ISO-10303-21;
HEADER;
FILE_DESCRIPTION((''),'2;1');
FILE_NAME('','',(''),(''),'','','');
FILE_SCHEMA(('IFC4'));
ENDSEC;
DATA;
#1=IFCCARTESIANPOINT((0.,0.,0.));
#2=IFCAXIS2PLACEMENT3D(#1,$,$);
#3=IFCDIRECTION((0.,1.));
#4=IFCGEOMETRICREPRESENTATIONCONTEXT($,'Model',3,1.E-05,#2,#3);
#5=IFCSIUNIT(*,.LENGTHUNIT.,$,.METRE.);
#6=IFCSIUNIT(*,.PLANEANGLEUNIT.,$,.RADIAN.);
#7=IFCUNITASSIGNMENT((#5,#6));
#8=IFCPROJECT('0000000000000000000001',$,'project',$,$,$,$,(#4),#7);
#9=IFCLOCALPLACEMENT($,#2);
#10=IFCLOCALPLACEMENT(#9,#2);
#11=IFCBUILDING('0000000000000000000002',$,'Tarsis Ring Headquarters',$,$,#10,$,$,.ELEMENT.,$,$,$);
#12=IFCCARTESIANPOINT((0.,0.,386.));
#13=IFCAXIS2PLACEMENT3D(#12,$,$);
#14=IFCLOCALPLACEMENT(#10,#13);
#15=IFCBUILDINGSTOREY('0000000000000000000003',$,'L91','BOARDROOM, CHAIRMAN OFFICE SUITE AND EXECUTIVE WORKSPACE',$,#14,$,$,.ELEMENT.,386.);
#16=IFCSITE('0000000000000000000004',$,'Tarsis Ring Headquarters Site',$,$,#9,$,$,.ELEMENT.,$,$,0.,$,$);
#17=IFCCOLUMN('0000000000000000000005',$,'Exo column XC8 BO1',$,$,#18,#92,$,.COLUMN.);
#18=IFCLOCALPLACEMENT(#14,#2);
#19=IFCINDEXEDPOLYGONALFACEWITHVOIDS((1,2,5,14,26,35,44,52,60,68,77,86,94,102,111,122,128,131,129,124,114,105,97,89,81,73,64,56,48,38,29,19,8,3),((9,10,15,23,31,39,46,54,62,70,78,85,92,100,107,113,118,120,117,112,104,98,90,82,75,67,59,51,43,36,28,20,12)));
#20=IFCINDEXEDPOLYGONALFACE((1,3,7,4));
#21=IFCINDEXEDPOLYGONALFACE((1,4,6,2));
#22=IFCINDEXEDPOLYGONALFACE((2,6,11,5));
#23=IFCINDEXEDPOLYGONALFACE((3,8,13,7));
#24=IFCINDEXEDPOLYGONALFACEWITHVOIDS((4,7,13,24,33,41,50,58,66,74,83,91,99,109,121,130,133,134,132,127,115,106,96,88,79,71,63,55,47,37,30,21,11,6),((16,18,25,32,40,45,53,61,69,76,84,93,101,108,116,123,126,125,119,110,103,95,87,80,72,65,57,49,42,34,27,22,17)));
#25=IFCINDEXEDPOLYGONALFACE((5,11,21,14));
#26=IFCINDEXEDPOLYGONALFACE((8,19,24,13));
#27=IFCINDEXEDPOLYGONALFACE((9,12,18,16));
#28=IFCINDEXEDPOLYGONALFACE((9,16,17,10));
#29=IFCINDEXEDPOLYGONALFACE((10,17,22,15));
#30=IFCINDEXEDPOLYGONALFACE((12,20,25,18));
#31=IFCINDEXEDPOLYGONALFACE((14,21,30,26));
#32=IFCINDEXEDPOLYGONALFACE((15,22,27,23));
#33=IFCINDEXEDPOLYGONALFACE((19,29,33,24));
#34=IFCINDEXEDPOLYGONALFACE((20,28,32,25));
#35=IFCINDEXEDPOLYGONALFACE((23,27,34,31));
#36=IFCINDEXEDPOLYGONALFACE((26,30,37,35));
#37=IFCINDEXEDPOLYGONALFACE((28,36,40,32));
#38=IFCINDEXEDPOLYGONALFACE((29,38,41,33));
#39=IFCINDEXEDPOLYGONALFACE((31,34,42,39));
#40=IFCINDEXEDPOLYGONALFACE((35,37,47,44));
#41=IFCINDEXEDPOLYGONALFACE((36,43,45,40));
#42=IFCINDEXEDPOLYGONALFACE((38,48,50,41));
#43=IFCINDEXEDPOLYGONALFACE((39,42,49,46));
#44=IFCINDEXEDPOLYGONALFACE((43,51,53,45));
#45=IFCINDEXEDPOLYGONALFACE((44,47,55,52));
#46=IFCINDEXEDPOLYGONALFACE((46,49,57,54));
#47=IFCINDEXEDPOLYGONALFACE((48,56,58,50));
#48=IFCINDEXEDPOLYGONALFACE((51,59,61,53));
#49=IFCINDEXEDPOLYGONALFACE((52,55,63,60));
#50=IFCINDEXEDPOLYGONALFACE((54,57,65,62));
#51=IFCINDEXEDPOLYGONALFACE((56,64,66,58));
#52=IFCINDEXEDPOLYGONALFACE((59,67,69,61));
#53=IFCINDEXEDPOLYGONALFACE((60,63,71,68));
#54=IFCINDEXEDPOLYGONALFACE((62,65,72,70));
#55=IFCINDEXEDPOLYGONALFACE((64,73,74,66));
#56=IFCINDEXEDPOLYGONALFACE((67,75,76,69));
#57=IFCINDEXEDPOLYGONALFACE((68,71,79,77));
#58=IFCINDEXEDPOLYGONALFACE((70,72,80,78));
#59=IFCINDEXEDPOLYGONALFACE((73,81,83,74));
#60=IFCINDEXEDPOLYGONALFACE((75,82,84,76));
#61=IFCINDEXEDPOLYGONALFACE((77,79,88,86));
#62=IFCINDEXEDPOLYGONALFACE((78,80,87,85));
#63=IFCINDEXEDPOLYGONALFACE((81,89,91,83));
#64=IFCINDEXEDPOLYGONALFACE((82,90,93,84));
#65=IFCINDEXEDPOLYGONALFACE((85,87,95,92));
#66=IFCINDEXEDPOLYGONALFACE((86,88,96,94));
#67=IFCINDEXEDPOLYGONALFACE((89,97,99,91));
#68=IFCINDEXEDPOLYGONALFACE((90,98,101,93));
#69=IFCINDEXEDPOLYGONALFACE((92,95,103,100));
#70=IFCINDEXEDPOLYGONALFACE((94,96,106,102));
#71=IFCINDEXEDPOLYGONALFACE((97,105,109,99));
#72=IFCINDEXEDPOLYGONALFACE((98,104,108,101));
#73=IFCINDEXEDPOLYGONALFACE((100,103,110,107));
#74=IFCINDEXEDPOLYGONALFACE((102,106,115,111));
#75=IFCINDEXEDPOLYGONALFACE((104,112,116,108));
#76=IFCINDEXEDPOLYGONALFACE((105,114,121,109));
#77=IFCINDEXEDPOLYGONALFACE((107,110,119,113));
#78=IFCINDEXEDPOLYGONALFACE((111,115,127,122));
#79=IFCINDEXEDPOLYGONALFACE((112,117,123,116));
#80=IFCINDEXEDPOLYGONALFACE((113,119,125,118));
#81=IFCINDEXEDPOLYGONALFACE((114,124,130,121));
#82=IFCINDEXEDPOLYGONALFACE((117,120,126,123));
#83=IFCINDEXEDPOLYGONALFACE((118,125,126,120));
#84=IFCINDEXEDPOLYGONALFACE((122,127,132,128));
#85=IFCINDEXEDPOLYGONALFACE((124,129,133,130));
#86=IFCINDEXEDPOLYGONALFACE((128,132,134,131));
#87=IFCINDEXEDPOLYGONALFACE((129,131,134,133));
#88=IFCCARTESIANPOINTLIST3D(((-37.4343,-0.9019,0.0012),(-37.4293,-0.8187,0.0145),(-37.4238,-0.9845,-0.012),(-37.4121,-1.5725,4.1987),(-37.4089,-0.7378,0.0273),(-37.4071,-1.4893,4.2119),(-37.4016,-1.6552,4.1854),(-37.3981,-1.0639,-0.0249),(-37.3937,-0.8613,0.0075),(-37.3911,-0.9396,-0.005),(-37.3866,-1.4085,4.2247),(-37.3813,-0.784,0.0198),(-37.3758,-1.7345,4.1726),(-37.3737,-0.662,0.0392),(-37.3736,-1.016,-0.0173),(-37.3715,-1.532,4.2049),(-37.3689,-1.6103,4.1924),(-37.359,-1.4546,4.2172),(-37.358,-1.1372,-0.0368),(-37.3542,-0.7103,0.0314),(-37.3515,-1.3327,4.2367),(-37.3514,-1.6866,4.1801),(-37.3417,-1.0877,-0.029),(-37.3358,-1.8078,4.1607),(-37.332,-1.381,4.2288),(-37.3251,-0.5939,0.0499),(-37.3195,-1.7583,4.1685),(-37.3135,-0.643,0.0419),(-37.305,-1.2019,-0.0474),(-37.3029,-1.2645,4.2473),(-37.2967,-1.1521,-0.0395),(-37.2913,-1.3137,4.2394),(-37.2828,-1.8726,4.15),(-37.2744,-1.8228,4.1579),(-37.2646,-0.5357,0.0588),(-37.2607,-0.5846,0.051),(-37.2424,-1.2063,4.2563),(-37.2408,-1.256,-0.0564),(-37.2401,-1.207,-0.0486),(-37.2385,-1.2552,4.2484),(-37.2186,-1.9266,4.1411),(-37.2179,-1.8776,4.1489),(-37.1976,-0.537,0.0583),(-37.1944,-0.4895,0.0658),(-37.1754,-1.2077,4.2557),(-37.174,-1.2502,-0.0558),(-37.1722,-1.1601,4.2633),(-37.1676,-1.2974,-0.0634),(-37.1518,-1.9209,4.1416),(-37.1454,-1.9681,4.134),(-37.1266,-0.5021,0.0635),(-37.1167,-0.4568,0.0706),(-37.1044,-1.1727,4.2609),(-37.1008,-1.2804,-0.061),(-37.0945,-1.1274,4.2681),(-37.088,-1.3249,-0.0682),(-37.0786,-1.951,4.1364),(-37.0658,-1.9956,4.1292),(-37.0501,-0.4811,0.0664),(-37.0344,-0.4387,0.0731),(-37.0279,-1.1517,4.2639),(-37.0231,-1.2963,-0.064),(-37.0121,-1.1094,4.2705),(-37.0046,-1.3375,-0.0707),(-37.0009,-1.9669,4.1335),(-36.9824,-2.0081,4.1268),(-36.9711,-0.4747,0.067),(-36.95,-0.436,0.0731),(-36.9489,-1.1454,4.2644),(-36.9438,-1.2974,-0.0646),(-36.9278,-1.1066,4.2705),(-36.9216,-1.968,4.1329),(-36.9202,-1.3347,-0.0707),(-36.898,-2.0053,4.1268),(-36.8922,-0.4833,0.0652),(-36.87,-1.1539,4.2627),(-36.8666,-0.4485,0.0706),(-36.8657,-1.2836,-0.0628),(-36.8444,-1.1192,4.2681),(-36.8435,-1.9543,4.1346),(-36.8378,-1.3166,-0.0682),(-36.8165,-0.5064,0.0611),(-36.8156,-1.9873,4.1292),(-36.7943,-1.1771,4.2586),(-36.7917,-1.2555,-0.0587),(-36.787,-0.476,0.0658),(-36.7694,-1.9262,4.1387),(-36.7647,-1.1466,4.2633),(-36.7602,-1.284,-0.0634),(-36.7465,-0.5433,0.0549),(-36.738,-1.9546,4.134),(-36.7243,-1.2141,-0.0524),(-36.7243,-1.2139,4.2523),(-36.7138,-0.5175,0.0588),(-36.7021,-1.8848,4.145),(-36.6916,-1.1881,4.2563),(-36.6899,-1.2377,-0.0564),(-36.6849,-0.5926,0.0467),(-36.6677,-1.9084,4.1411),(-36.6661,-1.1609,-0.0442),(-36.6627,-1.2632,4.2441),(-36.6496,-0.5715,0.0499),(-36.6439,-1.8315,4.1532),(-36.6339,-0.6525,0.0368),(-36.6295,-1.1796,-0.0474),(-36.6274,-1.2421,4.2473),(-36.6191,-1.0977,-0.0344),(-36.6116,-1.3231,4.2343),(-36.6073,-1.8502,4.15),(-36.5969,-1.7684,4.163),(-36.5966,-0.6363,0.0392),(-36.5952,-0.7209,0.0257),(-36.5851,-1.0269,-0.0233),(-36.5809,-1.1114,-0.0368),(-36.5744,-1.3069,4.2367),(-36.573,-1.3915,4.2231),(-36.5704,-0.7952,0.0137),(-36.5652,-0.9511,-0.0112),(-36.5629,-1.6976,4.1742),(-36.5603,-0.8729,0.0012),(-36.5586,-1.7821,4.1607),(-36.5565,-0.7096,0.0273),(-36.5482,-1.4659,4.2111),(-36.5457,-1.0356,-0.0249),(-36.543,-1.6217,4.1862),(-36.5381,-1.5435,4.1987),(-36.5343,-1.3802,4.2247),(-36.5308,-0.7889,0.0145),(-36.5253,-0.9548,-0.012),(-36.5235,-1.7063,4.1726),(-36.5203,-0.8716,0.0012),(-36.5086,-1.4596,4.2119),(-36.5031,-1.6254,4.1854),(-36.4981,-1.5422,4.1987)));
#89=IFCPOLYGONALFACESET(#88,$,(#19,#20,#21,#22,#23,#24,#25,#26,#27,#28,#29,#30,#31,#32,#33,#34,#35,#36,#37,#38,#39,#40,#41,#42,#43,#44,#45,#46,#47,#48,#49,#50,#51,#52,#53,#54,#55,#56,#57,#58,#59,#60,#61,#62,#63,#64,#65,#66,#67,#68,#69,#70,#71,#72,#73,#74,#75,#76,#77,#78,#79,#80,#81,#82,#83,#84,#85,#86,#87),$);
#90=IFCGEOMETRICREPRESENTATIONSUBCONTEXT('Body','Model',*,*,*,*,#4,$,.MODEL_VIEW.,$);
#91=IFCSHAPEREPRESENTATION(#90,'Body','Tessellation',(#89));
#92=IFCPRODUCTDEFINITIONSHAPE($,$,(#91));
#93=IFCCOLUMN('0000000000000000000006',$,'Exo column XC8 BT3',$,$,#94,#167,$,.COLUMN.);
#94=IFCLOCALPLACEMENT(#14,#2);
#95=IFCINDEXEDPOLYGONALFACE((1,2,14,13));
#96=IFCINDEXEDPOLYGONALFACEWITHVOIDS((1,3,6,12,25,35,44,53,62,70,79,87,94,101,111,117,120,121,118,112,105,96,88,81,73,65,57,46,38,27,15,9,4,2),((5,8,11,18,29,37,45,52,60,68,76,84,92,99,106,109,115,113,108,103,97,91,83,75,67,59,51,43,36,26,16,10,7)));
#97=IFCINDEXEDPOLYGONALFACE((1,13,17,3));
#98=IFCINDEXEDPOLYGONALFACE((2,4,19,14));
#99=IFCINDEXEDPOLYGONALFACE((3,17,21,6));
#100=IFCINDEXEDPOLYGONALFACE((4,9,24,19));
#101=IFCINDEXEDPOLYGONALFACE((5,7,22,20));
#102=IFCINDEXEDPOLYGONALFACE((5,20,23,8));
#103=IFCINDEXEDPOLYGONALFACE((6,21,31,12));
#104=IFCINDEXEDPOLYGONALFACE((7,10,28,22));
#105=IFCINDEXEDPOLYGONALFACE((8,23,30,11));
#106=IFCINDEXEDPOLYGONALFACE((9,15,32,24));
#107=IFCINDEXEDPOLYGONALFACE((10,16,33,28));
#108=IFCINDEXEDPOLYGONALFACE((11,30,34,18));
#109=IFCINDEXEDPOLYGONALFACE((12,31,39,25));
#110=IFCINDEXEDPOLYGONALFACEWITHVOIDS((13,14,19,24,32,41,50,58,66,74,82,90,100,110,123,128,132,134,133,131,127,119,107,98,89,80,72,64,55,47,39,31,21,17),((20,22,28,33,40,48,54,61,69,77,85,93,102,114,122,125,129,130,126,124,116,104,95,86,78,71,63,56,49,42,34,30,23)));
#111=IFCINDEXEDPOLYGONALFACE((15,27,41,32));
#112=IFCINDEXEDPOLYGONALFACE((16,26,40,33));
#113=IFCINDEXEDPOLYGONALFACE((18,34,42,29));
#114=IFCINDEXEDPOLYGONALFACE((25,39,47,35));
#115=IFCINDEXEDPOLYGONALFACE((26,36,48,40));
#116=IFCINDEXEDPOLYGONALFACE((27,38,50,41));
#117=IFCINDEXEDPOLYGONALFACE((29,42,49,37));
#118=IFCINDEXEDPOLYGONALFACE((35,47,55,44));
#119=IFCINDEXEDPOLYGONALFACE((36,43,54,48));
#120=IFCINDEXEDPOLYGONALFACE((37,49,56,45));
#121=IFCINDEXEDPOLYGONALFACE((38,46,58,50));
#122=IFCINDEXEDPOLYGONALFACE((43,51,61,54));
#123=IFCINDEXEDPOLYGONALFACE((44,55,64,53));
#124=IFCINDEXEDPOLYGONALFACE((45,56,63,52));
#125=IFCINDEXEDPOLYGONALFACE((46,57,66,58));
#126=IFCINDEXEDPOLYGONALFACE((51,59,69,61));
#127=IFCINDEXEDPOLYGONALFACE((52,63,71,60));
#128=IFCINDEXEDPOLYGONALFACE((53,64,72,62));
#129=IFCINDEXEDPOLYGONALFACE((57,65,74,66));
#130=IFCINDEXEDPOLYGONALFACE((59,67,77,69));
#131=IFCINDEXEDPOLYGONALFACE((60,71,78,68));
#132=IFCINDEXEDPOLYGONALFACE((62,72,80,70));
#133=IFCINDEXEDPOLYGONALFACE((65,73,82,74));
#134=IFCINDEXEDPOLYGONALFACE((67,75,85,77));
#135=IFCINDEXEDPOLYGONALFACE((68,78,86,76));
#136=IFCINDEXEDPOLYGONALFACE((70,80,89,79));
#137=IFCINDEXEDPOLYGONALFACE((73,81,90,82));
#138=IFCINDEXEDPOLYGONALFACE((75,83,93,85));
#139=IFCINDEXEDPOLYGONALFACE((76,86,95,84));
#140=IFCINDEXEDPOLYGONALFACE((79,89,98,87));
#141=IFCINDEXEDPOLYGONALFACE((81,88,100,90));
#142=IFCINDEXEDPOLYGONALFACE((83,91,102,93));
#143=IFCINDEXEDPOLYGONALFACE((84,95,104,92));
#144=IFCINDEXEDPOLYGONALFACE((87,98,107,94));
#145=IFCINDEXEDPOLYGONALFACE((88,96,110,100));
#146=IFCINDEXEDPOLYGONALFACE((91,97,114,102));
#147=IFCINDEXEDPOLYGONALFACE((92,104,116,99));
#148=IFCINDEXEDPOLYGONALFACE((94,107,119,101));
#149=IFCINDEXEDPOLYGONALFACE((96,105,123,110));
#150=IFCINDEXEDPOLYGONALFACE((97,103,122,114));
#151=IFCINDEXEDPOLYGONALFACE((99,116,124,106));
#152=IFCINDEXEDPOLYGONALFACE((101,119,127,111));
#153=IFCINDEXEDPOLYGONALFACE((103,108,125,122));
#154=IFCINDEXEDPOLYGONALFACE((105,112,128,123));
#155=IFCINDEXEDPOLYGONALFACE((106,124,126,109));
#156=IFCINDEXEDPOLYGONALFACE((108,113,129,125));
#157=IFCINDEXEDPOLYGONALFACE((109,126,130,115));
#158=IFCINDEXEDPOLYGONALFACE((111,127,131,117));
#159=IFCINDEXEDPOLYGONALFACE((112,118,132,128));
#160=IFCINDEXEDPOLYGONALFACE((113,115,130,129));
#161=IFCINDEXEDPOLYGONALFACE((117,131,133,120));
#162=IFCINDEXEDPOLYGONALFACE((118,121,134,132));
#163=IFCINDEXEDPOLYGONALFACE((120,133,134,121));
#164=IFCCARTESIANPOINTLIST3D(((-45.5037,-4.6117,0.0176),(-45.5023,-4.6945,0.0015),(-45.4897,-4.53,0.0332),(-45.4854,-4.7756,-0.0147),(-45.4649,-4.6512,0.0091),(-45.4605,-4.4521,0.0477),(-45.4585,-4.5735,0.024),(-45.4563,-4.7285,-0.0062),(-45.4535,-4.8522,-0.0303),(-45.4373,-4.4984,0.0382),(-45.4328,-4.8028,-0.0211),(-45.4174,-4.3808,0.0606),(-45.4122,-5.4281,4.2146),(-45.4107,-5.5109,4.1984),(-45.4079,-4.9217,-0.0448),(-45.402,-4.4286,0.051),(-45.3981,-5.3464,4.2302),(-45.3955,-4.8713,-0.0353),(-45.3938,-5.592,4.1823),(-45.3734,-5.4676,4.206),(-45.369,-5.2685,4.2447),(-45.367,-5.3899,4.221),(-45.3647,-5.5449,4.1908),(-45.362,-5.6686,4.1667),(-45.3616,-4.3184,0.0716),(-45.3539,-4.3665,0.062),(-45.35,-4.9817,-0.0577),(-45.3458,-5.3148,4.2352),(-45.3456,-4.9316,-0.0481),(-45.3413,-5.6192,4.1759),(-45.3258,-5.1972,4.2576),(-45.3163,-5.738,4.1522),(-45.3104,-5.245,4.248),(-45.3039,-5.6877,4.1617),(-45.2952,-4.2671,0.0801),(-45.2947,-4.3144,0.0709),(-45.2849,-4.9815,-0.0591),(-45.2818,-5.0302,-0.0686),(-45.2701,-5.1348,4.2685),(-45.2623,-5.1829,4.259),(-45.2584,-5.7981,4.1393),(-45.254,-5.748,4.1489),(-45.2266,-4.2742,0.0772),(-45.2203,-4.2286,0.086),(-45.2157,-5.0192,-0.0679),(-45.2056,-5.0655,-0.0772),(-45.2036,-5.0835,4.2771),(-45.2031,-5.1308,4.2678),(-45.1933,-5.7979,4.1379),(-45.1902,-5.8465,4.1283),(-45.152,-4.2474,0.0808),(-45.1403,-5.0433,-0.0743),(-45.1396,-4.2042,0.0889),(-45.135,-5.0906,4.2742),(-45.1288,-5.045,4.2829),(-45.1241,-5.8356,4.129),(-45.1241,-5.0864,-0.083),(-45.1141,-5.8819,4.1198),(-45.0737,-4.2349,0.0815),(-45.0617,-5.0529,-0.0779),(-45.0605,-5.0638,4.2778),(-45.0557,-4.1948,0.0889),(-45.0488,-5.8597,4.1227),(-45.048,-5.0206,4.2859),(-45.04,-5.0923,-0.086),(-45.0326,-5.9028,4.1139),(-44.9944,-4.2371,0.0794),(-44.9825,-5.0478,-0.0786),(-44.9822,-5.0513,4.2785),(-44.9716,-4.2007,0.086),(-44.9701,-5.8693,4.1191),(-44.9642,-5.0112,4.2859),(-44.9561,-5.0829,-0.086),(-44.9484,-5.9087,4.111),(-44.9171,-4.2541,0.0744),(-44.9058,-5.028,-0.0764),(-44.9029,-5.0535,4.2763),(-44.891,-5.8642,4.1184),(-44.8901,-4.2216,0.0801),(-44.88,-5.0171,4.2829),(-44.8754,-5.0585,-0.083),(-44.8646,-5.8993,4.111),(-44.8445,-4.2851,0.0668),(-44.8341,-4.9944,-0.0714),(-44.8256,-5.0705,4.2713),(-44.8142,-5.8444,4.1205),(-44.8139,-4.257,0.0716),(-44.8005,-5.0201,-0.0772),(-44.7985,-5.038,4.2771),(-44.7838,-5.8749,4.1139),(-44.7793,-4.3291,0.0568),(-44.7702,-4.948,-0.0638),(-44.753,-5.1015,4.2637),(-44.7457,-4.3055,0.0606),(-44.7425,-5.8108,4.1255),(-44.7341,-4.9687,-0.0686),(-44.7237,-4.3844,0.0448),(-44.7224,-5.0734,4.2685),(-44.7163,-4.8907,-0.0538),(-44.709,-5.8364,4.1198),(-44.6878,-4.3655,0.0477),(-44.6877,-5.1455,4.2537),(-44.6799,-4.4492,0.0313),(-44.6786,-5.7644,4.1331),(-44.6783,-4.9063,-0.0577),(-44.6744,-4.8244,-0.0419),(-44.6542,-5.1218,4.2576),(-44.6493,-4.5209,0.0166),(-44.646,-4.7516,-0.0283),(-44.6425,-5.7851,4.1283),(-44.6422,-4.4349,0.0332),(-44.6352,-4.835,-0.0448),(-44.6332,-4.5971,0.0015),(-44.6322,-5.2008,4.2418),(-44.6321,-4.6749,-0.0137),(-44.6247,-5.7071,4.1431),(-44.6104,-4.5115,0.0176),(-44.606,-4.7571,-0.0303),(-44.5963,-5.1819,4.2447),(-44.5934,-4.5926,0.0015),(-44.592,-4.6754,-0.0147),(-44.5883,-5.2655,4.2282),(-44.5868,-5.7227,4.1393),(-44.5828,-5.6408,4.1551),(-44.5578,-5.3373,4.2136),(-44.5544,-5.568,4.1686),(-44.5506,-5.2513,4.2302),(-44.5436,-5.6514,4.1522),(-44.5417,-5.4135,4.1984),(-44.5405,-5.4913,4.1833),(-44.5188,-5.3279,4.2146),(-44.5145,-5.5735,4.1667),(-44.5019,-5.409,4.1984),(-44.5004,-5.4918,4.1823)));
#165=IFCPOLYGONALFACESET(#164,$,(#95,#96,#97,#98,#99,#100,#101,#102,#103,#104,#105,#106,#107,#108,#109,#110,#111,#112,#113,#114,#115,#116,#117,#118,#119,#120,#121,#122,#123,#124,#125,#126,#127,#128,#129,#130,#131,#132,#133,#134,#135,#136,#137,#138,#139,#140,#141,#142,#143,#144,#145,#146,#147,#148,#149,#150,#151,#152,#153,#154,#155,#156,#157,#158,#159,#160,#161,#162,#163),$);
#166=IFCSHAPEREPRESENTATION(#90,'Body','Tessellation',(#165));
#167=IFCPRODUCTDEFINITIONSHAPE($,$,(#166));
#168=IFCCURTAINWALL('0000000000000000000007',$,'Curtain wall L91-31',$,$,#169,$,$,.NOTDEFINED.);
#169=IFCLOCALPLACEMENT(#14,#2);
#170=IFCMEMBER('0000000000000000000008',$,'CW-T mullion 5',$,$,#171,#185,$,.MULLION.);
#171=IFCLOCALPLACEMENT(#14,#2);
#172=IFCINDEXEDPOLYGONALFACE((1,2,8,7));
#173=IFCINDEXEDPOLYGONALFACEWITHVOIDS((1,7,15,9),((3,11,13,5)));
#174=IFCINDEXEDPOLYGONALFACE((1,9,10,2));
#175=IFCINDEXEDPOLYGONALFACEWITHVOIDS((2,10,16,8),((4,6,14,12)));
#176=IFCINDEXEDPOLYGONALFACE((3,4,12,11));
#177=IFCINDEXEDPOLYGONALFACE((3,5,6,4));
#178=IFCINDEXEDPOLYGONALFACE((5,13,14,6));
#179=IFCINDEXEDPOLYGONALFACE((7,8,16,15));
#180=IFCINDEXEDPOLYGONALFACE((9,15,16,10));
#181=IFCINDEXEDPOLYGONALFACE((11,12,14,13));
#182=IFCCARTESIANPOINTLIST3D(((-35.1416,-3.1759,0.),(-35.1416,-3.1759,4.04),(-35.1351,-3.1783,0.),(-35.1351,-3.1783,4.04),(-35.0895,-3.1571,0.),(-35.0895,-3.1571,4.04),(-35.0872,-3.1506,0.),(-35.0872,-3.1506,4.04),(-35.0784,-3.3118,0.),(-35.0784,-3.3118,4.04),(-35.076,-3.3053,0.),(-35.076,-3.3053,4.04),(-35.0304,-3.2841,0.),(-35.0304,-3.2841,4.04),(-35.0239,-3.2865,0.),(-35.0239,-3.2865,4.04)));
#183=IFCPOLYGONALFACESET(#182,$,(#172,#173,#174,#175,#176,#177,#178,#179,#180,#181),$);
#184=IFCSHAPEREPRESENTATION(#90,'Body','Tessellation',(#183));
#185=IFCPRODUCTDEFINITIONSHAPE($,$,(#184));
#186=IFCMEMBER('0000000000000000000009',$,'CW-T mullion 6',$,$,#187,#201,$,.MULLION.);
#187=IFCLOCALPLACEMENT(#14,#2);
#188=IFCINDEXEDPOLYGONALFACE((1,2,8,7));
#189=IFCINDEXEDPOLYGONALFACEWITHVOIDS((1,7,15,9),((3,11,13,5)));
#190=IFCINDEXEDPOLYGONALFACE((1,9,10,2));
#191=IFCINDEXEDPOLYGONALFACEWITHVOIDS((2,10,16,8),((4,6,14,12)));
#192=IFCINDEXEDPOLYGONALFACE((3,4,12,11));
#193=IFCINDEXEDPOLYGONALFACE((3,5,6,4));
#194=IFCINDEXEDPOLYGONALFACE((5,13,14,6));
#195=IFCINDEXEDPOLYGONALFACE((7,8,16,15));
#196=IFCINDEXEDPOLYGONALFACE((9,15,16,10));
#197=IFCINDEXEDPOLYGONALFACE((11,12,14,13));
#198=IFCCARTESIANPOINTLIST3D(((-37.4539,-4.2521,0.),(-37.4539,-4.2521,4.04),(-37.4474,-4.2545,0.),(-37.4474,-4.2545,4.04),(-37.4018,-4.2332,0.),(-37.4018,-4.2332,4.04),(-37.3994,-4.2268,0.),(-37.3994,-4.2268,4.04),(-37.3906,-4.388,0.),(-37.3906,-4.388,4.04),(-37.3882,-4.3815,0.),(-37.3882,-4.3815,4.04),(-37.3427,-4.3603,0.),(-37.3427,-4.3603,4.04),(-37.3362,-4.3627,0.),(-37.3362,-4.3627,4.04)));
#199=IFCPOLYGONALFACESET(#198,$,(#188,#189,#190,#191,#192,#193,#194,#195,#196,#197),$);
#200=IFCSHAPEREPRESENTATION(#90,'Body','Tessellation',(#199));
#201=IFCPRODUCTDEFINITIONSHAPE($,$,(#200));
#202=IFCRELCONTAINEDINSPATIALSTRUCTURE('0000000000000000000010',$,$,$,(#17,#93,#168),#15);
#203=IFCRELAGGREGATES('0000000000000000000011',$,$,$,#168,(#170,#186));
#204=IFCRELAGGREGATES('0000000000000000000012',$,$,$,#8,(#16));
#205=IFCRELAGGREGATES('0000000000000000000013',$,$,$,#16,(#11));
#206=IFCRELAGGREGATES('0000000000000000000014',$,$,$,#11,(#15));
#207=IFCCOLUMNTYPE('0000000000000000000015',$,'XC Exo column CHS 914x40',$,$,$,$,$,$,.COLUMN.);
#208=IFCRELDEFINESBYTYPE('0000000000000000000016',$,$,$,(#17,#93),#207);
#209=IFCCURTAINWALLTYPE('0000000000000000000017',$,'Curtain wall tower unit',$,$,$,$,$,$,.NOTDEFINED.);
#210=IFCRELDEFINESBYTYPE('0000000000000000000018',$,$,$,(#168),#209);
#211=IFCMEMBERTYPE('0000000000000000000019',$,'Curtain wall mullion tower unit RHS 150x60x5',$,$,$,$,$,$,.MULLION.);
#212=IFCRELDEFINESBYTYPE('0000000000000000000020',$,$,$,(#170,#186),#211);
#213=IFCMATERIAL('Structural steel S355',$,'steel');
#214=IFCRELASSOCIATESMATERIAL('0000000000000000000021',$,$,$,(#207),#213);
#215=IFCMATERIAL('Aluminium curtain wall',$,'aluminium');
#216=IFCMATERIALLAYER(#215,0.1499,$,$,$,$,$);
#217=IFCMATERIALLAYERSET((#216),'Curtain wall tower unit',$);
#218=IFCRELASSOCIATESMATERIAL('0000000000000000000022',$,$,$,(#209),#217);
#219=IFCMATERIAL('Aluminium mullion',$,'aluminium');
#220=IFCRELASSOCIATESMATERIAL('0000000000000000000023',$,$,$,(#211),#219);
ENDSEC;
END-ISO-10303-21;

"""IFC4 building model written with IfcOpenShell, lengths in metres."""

from ifc_helpers import new_model, si_unit, direction, frame, origin, origin_2d, place, context, subcontext, project, spatial, hollow_rectangle, hollow_circle, extrude, material, layer, layer_set, material_profile, profile_set, type_object, element, aggregate, save


model = new_model("IFC4")

# Units and contexts
model_context = context("Model", 3, precision=1e-05, world=origin(), true_north=direction((0.0, 1.0)))
body_context = subcontext(model_context, "Body", "Model", "MODEL_VIEW")
ifc_project = project(units=[si_unit("LENGTHUNIT", "METRE"), si_unit("PLANEANGLEUNIT", "RADIAN")], contexts=[model_context])

# Site, building, storey
site_placement = place(None, origin())
site = spatial("IfcSite", under=ifc_project, at=site_placement, Name="Tarsis Ring Headquarters Site", CompositionType="ELEMENT", RefElevation=0.0)
building_placement = place(site_placement, origin())
building = spatial("IfcBuilding", under=site, at=building_placement, Name="Tarsis Ring Headquarters", CompositionType="ELEMENT")
storey_placement = place(building_placement, frame((0.0, 0.0, 386.0)))
storey = spatial("IfcBuildingStorey", under=building, at=storey_placement, Name="L91", Description="BOARDROOM, CHAIRMAN OFFICE SUITE AND EXECUTIVE WORKSPACE", CompositionType="ELEMENT", Elevation=386.0)

# Columns
ifc_material_1 = material(Name="Structural steel S355", Category="steel")
ifc_material_profile_1 = material_profile(ifc_material_1, hollow_circle(Radius=0.457, WallThickness=0.04, at=origin_2d()), Name="CHS 914x40")
ifc_profile_set_1 = profile_set([ifc_material_profile_1], Name="Structural steel S355")
column_type = type_object("IfcColumnType", Name="XC Exo column CHS 914x40", PredefinedType="COLUMN", material=ifc_profile_set_1)
column_1_placement = place(storey_placement, frame((-36.9773, -0.8867, 0.0012), z_axis=(0.005226, -0.157771, 0.987462), x_axis=(0.999452, 0.033109, 0.0)))
element("IfcColumn", 1, at=column_1_placement, inside=storey, type_object=column_type, Name="Exo column XC8 BO1", PredefinedType="COLUMN", context=body_context, shape_type="SweptSolid", body=[
    extrude(hollow_circle(Radius=0.4573, WallThickness=0.04, at=origin_2d()), origin(), (0.0, 0.0, 1.0), 4.2507),
])
column_2_placement = place(storey_placement, frame((-45.0479, -4.6436, 0.0015), z_axis=(0.021407, -0.190898, 0.981376), x_axis=(0.993771, 0.111443, 0.0)))
element("IfcColumn", 2, at=column_2_placement, inside=storey, type_object=column_type, Name="Exo column XC8 BT3", PredefinedType="COLUMN", context=body_context, shape_type="SweptSolid", body=[
    extrude(hollow_circle(Radius=0.4573, WallThickness=0.04, at=origin_2d()), origin(), (0.0, 0.0, 1.0), 4.2766),
])

# Curtain wall, members
ifc_material_2 = material(Name="Aluminium curtain wall", Category="aluminium")
ifc_layer_1 = layer(ifc_material_2, 0.1499)
ifc_layer_set_1 = layer_set([ifc_layer_1], Name="Curtain wall tower unit")
curtain_wall_type = type_object("IfcCurtainWallType", Name="Curtain wall tower unit", PredefinedType="NOTDEFINED", material=ifc_layer_set_1)
curtain_wall_placement = place(storey_placement, origin())
curtain_wall = element("IfcCurtainWall", 3, at=curtain_wall_placement, inside=storey, type_object=curtain_wall_type, Name="Curtain wall L91-31", PredefinedType="NOTDEFINED")
ifc_material_3 = material(Name="Aluminium mullion", Category="aluminium")
ifc_material_profile_2 = material_profile(ifc_material_3, hollow_rectangle(XDim=0.1499, YDim=0.0601, WallThickness=0.0049, at=origin_2d()), Name="RHS 150x60x5")
ifc_profile_set_2 = profile_set([ifc_material_profile_2], Name="Aluminium mullion")
member_type_1 = type_object("IfcMemberType", Name="Curtain wall mullion tower unit RHS 150x60x5", PredefinedType="MULLION", material=ifc_profile_set_2)
member_1_placement = place(storey_placement, frame((-35.0828, -3.2312, 0.0), z_axis=(0.0, 0.0, 1.0), x_axis=(0.421985, -0.906603, 0.0)))
member_1 = element("IfcMember", 4, at=member_1_placement, type_object=member_type_1, Name="CW-T mullion 5", PredefinedType="MULLION", context=body_context, shape_type="SweptSolid", body=[
    extrude(hollow_rectangle(XDim=0.1499, YDim=0.0601, WallThickness=0.0049, at=origin_2d()), origin(), (0.0, 0.0, 1.0), 4.04),
])
member_2_placement = place(storey_placement, frame((-37.395, -4.3074, 0.0), z_axis=(0.0, 0.0, 1.0), x_axis=(0.421985, -0.906603, 0.0)))
member_2 = element("IfcMember", 5, at=member_2_placement, type_object=member_type_1, Name="CW-T mullion 6", PredefinedType="MULLION", context=body_context, shape_type="SweptSolid", body=[
    extrude(hollow_rectangle(XDim=0.1499, YDim=0.0601, WallThickness=0.0049, at=origin_2d()), origin(), (0.0, 0.0, 1.0), 4.04),
])

aggregate(curtain_wall, [member_1, member_2])

save(model, "model.ifc")
